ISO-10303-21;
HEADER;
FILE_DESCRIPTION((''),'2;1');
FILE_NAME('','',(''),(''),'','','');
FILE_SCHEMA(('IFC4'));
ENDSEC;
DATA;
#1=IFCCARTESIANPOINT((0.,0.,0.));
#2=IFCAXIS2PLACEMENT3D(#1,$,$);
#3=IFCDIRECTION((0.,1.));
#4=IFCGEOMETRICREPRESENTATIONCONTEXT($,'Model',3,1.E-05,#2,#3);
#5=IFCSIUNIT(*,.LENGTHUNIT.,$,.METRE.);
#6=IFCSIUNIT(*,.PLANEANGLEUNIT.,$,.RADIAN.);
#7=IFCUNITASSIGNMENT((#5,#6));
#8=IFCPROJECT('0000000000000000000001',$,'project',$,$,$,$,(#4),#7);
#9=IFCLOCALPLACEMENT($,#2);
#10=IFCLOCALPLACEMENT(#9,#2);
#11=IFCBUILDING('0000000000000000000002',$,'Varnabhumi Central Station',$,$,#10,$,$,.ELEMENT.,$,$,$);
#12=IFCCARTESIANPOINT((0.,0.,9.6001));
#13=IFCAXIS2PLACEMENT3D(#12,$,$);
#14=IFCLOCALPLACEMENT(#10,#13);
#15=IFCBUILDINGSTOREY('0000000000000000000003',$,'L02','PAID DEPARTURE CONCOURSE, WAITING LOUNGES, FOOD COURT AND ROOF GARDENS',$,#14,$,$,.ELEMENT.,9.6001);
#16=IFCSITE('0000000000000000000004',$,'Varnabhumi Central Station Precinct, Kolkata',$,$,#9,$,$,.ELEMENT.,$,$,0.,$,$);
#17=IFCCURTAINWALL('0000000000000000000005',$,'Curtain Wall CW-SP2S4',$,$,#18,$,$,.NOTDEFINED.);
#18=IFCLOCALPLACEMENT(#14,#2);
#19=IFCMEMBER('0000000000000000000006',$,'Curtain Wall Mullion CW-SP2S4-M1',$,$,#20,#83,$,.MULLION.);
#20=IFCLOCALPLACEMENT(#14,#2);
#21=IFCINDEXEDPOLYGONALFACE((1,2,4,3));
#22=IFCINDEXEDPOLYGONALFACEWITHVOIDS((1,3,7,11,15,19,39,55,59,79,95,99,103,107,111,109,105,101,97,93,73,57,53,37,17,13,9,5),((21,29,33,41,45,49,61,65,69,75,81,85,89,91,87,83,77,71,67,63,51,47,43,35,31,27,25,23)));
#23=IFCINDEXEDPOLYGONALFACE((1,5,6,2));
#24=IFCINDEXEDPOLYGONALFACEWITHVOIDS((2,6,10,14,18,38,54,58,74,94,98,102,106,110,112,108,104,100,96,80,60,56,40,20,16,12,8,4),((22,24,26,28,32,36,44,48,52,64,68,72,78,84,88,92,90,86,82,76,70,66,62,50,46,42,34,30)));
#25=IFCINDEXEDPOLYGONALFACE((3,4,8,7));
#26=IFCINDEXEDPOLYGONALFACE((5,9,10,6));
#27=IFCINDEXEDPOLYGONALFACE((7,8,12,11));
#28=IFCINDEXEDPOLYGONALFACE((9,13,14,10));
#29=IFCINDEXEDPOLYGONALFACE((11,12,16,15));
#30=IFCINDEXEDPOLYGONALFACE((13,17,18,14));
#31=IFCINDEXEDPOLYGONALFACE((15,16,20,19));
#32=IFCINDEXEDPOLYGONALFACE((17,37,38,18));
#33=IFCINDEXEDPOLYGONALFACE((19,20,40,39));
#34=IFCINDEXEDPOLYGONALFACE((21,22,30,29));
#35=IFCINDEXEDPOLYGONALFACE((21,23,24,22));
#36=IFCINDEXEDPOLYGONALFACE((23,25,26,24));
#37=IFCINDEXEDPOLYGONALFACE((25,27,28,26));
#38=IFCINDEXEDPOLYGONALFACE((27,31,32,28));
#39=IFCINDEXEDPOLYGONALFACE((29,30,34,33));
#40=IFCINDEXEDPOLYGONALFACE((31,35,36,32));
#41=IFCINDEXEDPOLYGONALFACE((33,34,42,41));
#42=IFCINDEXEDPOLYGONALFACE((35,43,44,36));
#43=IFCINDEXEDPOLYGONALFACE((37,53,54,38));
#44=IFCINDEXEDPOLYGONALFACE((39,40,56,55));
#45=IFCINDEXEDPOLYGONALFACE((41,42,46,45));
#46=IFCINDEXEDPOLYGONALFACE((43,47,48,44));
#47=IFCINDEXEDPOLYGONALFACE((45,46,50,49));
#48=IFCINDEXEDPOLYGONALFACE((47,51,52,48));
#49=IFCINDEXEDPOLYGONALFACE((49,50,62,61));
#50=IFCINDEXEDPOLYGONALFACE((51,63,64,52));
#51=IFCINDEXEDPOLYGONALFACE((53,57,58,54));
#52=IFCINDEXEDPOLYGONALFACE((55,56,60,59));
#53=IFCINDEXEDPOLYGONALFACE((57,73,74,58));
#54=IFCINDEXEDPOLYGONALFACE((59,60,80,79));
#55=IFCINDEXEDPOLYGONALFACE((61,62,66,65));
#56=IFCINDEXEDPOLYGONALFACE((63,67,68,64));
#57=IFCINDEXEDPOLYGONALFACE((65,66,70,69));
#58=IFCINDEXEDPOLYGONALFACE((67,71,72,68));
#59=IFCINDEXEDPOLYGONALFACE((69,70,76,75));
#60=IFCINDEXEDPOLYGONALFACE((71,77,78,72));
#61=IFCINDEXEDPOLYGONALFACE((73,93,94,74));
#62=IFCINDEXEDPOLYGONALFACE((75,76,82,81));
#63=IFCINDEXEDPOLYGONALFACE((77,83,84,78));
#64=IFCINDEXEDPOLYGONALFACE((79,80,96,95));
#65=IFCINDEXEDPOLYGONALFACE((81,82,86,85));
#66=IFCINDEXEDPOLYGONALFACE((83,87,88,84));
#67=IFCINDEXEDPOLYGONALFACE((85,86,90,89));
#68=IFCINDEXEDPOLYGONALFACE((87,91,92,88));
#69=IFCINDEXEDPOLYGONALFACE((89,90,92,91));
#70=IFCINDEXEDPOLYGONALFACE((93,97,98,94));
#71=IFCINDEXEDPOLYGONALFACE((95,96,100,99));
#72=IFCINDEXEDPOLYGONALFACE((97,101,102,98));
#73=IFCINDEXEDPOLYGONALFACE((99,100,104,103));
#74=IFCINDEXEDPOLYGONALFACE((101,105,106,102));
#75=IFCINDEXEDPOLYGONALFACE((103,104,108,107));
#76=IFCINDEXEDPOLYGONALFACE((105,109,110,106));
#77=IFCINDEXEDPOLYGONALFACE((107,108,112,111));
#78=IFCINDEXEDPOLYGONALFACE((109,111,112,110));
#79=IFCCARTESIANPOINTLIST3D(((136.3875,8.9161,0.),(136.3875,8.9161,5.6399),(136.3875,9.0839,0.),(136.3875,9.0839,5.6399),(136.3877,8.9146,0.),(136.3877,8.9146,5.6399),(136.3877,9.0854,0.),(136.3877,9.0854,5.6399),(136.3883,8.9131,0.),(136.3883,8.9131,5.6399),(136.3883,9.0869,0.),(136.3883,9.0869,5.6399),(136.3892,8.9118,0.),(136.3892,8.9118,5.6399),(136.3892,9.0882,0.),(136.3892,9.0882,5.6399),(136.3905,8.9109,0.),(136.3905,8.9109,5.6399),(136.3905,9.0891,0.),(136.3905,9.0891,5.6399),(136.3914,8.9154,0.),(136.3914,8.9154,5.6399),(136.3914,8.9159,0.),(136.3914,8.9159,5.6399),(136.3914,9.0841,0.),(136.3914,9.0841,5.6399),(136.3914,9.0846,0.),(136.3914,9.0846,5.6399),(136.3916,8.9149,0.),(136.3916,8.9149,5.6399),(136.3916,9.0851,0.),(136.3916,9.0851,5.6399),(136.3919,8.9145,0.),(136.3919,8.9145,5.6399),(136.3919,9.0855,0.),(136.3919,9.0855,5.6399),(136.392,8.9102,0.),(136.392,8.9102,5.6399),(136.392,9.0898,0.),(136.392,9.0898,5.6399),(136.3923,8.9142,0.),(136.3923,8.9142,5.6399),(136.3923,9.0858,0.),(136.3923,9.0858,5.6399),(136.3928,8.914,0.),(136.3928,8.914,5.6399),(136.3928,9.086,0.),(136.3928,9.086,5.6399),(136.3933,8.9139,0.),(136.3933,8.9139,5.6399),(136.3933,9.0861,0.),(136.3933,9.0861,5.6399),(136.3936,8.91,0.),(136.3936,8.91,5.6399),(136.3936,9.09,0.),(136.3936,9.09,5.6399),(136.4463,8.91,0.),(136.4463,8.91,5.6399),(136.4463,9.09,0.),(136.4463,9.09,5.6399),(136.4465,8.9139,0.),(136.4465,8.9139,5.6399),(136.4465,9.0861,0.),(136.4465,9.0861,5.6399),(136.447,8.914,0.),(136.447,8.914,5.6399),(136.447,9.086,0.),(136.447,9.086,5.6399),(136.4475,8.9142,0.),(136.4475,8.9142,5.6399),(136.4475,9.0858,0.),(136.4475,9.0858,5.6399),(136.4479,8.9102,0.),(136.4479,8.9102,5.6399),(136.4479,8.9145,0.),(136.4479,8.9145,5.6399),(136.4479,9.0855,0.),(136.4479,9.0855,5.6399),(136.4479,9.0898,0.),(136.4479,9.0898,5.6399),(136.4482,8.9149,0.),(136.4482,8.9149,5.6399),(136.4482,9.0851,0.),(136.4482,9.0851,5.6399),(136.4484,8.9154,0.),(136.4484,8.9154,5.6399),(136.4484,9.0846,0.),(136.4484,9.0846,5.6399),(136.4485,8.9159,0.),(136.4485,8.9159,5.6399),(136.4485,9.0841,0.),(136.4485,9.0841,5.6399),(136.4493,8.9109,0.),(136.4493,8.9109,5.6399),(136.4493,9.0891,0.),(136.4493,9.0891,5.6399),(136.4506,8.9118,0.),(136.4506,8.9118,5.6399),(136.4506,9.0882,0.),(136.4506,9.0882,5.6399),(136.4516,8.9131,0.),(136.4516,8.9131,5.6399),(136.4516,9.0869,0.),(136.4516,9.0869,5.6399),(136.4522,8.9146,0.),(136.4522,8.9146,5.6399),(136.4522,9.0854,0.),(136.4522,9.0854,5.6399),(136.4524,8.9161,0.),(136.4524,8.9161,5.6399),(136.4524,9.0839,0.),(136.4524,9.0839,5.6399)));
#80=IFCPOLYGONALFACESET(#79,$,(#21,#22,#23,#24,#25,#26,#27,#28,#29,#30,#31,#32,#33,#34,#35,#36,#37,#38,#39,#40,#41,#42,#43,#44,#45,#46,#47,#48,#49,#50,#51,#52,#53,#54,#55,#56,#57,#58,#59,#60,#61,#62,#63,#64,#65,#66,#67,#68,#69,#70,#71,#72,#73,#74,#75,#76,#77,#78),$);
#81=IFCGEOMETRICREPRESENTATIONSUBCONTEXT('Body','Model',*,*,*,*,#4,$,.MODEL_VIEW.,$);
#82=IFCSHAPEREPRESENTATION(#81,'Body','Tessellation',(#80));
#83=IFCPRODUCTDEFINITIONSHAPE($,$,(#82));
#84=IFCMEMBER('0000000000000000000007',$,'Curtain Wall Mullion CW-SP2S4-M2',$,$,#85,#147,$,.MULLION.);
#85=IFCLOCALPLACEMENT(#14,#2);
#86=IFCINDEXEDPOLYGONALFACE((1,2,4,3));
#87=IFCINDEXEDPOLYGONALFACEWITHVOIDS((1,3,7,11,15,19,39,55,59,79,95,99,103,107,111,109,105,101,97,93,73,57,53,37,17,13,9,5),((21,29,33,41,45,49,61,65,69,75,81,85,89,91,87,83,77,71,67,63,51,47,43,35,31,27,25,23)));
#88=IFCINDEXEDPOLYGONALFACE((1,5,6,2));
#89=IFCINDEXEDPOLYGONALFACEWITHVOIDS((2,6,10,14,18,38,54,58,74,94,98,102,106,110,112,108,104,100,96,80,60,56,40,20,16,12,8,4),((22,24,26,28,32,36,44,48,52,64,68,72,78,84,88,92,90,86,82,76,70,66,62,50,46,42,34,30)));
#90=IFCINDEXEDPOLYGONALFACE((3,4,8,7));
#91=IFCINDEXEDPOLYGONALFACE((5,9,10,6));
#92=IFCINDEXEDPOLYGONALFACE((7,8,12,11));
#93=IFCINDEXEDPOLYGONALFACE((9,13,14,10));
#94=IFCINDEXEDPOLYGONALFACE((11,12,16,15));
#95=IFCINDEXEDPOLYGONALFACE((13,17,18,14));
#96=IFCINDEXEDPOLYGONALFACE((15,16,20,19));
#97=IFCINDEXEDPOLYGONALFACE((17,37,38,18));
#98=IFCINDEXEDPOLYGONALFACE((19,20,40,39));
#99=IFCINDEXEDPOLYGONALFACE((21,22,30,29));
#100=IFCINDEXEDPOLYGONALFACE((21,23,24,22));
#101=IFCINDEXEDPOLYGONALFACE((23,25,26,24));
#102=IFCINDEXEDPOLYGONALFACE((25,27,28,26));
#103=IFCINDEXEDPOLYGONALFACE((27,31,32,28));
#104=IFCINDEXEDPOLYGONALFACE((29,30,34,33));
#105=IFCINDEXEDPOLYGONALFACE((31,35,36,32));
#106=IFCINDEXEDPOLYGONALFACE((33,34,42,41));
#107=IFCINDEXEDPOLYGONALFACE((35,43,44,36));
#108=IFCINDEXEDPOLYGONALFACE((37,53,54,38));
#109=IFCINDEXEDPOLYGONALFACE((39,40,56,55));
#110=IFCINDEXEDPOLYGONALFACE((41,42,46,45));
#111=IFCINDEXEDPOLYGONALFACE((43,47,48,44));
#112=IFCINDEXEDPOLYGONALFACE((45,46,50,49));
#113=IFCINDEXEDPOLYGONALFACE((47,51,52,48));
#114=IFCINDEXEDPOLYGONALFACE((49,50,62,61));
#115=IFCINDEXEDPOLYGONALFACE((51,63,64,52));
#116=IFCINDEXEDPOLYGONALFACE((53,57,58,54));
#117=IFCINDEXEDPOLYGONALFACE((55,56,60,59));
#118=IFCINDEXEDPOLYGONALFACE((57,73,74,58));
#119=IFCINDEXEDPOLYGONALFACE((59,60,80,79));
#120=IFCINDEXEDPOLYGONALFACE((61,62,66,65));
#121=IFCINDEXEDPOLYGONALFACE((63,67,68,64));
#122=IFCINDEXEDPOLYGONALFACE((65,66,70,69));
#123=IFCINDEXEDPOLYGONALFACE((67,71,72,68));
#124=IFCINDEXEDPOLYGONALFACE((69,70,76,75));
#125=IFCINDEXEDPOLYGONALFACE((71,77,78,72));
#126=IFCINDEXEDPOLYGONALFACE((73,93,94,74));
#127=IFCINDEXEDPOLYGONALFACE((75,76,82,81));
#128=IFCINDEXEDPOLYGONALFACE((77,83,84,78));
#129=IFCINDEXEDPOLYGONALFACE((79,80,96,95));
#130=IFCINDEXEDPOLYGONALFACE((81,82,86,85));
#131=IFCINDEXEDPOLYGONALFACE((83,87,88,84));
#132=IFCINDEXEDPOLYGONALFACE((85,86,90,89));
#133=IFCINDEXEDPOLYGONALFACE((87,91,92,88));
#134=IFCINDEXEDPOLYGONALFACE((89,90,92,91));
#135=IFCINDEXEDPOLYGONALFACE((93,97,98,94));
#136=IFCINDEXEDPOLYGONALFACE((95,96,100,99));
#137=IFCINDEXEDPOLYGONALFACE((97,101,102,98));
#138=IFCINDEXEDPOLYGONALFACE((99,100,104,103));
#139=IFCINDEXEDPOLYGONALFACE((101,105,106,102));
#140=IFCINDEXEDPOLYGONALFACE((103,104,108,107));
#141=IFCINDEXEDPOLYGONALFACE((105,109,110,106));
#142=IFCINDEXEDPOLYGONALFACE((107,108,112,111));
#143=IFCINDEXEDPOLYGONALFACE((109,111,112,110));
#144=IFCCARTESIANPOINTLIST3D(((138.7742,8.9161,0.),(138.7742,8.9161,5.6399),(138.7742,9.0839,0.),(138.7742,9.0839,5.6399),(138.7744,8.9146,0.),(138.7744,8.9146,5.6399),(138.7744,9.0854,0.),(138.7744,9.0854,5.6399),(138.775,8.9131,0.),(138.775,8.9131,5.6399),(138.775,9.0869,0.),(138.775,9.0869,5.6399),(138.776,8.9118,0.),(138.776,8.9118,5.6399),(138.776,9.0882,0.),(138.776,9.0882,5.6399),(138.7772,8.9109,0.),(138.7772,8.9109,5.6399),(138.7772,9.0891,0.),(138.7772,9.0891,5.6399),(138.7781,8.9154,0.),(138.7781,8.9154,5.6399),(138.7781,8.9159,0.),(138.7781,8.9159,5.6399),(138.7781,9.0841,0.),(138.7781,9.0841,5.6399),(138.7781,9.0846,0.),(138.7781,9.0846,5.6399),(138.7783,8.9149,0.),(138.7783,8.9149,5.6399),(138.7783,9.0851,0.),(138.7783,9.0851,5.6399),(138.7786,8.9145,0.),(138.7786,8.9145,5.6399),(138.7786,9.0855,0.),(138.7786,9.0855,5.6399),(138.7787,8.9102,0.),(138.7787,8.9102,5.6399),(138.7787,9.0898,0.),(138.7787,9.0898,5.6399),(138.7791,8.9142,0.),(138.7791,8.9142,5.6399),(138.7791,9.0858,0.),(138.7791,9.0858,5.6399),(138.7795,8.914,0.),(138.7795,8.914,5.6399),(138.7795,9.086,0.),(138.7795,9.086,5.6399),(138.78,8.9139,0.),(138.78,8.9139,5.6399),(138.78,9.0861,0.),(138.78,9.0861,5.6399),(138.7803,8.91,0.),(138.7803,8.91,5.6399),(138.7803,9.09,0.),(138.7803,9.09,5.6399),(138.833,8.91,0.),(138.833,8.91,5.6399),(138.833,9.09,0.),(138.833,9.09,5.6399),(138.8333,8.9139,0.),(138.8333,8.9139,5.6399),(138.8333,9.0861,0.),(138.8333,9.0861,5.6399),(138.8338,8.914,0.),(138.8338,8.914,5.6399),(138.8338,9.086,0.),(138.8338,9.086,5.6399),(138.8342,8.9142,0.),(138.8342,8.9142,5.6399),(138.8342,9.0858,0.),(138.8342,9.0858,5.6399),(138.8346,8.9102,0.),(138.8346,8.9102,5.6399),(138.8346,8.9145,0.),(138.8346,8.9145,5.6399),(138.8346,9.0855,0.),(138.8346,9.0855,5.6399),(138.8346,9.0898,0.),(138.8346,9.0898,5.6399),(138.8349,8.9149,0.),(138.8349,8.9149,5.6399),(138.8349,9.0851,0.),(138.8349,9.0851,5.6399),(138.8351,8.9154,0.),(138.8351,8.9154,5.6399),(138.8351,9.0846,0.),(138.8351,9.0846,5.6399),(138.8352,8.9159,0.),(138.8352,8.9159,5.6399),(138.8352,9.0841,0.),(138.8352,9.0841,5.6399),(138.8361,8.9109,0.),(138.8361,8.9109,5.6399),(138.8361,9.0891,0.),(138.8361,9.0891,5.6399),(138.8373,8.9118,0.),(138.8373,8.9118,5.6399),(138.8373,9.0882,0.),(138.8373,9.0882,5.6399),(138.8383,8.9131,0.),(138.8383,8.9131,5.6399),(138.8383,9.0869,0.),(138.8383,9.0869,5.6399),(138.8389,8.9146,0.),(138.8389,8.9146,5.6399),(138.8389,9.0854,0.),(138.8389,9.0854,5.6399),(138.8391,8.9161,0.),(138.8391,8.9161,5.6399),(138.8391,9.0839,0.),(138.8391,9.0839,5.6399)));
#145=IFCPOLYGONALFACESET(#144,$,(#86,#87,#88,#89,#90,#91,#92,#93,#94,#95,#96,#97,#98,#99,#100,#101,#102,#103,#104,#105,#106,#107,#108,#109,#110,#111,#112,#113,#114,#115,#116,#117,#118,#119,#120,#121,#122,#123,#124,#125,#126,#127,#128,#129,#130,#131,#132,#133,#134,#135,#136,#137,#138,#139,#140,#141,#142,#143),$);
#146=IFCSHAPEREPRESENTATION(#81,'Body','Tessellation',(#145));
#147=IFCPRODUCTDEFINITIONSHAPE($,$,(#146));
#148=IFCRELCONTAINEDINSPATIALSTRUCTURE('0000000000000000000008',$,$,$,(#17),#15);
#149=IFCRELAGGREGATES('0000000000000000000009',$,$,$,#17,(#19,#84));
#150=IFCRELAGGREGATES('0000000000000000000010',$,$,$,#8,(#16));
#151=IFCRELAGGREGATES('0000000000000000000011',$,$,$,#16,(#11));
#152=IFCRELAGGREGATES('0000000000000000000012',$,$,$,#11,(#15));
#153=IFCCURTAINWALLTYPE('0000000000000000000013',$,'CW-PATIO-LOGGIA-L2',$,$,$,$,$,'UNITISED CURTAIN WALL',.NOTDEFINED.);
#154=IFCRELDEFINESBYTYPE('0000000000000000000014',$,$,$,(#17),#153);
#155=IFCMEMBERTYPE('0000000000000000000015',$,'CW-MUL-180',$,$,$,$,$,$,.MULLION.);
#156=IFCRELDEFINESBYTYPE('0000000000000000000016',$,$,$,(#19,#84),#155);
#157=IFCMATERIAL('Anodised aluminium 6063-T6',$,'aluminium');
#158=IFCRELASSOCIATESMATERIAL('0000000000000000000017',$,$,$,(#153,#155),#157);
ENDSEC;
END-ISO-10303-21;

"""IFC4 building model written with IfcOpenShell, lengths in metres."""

from ifc_helpers import new_model, si_unit, direction, frame, origin, origin_2d, place, context, subcontext, project, spatial, hollow_rectangle, extrude, material, material_profile, profile_set, type_object, element, aggregate, save


model = new_model("IFC4")

# Units and contexts
model_context = context("Model", 3, precision=1e-05, world=origin(), true_north=direction((0.0, 1.0)))
body_context = subcontext(model_context, "Body", "Model", "MODEL_VIEW")
ifc_project = project(units=[si_unit("LENGTHUNIT", "METRE"), si_unit("PLANEANGLEUNIT", "RADIAN")], contexts=[model_context])

# Site, building, storey
site_placement = place(None, origin())
site = spatial("IfcSite", under=ifc_project, at=site_placement, Name="Varnabhumi Central Station Precinct, Kolkata", CompositionType="ELEMENT", RefElevation=0.0)
building_placement = place(site_placement, origin())
building = spatial("IfcBuilding", under=site, at=building_placement, Name="Varnabhumi Central Station", CompositionType="ELEMENT")
storey_placement = place(building_placement, frame((0.0, 0.0, 9.6001)))
storey = spatial("IfcBuildingStorey", under=building, at=storey_placement, Name="L02", Description="PAID DEPARTURE CONCOURSE, WAITING LOUNGES, FOOD COURT AND ROOF GARDENS", CompositionType="ELEMENT", Elevation=9.6001)

# Shared definitions
ifc_material_1 = material(Name="Anodised aluminium 6063-T6", Category="aluminium")
curtain_wall_type = type_object("IfcCurtainWallType", Name="CW-PATIO-LOGGIA-L2", ElementType="UNITISED CURTAIN WALL", PredefinedType="NOTDEFINED", material=ifc_material_1)
ifc_material_profile_1 = material_profile(ifc_material_1, hollow_rectangle(XDim=0.0649, YDim=0.1799, WallThickness=0.0039, InnerFilletRadius=0.002, OuterFilletRadius=0.0061, at=origin_2d()), Name="Anodised aluminium 6063-T6", Category="aluminium")
ifc_profile_set_1 = profile_set([ifc_material_profile_1], Name="Anodised aluminium 6063-T6")
member_type_1 = type_object("IfcMemberType", Name="CW-MUL-180", PredefinedType="MULLION", material=ifc_profile_set_1)

# Curtain wall, members
curtain_wall_1_placement = place(storey_placement, origin())
curtain_wall_1 = element("IfcCurtainWall", 1, at=curtain_wall_1_placement, inside=storey, type_object=curtain_wall_type, Name="Curtain Wall CW-SP2S4", PredefinedType="NOTDEFINED")
member_1_placement = place(storey_placement, frame((136.4199, 9.0, 0.0), z_axis=(0.0, 0.0, 1.0), x_axis=(1.0, 0.0, 0.0)))
member_1 = element("IfcMember", 2, at=member_1_placement, type_object=member_type_1, Name="Curtain Wall Mullion CW-SP2S4-M1", PredefinedType="MULLION", context=body_context, shape_type="SweptSolid", body=[
    extrude(hollow_rectangle(XDim=0.0649, YDim=0.1799, WallThickness=0.0039, InnerFilletRadius=0.002, OuterFilletRadius=0.0061, at=origin_2d()), origin(), (0.0, 0.0, 1.0), 5.6399),
])
member_2_placement = place(storey_placement, frame((138.8066, 9.0, 0.0), z_axis=(0.0, 0.0, 1.0), x_axis=(1.0, 0.0, 0.0)))
member_2 = element("IfcMember", 3, at=member_2_placement, type_object=member_type_1, Name="Curtain Wall Mullion CW-SP2S4-M2", PredefinedType="MULLION", context=body_context, shape_type="SweptSolid", body=[
    extrude(hollow_rectangle(XDim=0.0649, YDim=0.1799, WallThickness=0.0039, InnerFilletRadius=0.002, OuterFilletRadius=0.0061, at=origin_2d()), origin(), (0.0, 0.0, 1.0), 5.6399),
])

aggregate(curtain_wall_1, [member_1, member_2])

save(model, "model.ifc")
